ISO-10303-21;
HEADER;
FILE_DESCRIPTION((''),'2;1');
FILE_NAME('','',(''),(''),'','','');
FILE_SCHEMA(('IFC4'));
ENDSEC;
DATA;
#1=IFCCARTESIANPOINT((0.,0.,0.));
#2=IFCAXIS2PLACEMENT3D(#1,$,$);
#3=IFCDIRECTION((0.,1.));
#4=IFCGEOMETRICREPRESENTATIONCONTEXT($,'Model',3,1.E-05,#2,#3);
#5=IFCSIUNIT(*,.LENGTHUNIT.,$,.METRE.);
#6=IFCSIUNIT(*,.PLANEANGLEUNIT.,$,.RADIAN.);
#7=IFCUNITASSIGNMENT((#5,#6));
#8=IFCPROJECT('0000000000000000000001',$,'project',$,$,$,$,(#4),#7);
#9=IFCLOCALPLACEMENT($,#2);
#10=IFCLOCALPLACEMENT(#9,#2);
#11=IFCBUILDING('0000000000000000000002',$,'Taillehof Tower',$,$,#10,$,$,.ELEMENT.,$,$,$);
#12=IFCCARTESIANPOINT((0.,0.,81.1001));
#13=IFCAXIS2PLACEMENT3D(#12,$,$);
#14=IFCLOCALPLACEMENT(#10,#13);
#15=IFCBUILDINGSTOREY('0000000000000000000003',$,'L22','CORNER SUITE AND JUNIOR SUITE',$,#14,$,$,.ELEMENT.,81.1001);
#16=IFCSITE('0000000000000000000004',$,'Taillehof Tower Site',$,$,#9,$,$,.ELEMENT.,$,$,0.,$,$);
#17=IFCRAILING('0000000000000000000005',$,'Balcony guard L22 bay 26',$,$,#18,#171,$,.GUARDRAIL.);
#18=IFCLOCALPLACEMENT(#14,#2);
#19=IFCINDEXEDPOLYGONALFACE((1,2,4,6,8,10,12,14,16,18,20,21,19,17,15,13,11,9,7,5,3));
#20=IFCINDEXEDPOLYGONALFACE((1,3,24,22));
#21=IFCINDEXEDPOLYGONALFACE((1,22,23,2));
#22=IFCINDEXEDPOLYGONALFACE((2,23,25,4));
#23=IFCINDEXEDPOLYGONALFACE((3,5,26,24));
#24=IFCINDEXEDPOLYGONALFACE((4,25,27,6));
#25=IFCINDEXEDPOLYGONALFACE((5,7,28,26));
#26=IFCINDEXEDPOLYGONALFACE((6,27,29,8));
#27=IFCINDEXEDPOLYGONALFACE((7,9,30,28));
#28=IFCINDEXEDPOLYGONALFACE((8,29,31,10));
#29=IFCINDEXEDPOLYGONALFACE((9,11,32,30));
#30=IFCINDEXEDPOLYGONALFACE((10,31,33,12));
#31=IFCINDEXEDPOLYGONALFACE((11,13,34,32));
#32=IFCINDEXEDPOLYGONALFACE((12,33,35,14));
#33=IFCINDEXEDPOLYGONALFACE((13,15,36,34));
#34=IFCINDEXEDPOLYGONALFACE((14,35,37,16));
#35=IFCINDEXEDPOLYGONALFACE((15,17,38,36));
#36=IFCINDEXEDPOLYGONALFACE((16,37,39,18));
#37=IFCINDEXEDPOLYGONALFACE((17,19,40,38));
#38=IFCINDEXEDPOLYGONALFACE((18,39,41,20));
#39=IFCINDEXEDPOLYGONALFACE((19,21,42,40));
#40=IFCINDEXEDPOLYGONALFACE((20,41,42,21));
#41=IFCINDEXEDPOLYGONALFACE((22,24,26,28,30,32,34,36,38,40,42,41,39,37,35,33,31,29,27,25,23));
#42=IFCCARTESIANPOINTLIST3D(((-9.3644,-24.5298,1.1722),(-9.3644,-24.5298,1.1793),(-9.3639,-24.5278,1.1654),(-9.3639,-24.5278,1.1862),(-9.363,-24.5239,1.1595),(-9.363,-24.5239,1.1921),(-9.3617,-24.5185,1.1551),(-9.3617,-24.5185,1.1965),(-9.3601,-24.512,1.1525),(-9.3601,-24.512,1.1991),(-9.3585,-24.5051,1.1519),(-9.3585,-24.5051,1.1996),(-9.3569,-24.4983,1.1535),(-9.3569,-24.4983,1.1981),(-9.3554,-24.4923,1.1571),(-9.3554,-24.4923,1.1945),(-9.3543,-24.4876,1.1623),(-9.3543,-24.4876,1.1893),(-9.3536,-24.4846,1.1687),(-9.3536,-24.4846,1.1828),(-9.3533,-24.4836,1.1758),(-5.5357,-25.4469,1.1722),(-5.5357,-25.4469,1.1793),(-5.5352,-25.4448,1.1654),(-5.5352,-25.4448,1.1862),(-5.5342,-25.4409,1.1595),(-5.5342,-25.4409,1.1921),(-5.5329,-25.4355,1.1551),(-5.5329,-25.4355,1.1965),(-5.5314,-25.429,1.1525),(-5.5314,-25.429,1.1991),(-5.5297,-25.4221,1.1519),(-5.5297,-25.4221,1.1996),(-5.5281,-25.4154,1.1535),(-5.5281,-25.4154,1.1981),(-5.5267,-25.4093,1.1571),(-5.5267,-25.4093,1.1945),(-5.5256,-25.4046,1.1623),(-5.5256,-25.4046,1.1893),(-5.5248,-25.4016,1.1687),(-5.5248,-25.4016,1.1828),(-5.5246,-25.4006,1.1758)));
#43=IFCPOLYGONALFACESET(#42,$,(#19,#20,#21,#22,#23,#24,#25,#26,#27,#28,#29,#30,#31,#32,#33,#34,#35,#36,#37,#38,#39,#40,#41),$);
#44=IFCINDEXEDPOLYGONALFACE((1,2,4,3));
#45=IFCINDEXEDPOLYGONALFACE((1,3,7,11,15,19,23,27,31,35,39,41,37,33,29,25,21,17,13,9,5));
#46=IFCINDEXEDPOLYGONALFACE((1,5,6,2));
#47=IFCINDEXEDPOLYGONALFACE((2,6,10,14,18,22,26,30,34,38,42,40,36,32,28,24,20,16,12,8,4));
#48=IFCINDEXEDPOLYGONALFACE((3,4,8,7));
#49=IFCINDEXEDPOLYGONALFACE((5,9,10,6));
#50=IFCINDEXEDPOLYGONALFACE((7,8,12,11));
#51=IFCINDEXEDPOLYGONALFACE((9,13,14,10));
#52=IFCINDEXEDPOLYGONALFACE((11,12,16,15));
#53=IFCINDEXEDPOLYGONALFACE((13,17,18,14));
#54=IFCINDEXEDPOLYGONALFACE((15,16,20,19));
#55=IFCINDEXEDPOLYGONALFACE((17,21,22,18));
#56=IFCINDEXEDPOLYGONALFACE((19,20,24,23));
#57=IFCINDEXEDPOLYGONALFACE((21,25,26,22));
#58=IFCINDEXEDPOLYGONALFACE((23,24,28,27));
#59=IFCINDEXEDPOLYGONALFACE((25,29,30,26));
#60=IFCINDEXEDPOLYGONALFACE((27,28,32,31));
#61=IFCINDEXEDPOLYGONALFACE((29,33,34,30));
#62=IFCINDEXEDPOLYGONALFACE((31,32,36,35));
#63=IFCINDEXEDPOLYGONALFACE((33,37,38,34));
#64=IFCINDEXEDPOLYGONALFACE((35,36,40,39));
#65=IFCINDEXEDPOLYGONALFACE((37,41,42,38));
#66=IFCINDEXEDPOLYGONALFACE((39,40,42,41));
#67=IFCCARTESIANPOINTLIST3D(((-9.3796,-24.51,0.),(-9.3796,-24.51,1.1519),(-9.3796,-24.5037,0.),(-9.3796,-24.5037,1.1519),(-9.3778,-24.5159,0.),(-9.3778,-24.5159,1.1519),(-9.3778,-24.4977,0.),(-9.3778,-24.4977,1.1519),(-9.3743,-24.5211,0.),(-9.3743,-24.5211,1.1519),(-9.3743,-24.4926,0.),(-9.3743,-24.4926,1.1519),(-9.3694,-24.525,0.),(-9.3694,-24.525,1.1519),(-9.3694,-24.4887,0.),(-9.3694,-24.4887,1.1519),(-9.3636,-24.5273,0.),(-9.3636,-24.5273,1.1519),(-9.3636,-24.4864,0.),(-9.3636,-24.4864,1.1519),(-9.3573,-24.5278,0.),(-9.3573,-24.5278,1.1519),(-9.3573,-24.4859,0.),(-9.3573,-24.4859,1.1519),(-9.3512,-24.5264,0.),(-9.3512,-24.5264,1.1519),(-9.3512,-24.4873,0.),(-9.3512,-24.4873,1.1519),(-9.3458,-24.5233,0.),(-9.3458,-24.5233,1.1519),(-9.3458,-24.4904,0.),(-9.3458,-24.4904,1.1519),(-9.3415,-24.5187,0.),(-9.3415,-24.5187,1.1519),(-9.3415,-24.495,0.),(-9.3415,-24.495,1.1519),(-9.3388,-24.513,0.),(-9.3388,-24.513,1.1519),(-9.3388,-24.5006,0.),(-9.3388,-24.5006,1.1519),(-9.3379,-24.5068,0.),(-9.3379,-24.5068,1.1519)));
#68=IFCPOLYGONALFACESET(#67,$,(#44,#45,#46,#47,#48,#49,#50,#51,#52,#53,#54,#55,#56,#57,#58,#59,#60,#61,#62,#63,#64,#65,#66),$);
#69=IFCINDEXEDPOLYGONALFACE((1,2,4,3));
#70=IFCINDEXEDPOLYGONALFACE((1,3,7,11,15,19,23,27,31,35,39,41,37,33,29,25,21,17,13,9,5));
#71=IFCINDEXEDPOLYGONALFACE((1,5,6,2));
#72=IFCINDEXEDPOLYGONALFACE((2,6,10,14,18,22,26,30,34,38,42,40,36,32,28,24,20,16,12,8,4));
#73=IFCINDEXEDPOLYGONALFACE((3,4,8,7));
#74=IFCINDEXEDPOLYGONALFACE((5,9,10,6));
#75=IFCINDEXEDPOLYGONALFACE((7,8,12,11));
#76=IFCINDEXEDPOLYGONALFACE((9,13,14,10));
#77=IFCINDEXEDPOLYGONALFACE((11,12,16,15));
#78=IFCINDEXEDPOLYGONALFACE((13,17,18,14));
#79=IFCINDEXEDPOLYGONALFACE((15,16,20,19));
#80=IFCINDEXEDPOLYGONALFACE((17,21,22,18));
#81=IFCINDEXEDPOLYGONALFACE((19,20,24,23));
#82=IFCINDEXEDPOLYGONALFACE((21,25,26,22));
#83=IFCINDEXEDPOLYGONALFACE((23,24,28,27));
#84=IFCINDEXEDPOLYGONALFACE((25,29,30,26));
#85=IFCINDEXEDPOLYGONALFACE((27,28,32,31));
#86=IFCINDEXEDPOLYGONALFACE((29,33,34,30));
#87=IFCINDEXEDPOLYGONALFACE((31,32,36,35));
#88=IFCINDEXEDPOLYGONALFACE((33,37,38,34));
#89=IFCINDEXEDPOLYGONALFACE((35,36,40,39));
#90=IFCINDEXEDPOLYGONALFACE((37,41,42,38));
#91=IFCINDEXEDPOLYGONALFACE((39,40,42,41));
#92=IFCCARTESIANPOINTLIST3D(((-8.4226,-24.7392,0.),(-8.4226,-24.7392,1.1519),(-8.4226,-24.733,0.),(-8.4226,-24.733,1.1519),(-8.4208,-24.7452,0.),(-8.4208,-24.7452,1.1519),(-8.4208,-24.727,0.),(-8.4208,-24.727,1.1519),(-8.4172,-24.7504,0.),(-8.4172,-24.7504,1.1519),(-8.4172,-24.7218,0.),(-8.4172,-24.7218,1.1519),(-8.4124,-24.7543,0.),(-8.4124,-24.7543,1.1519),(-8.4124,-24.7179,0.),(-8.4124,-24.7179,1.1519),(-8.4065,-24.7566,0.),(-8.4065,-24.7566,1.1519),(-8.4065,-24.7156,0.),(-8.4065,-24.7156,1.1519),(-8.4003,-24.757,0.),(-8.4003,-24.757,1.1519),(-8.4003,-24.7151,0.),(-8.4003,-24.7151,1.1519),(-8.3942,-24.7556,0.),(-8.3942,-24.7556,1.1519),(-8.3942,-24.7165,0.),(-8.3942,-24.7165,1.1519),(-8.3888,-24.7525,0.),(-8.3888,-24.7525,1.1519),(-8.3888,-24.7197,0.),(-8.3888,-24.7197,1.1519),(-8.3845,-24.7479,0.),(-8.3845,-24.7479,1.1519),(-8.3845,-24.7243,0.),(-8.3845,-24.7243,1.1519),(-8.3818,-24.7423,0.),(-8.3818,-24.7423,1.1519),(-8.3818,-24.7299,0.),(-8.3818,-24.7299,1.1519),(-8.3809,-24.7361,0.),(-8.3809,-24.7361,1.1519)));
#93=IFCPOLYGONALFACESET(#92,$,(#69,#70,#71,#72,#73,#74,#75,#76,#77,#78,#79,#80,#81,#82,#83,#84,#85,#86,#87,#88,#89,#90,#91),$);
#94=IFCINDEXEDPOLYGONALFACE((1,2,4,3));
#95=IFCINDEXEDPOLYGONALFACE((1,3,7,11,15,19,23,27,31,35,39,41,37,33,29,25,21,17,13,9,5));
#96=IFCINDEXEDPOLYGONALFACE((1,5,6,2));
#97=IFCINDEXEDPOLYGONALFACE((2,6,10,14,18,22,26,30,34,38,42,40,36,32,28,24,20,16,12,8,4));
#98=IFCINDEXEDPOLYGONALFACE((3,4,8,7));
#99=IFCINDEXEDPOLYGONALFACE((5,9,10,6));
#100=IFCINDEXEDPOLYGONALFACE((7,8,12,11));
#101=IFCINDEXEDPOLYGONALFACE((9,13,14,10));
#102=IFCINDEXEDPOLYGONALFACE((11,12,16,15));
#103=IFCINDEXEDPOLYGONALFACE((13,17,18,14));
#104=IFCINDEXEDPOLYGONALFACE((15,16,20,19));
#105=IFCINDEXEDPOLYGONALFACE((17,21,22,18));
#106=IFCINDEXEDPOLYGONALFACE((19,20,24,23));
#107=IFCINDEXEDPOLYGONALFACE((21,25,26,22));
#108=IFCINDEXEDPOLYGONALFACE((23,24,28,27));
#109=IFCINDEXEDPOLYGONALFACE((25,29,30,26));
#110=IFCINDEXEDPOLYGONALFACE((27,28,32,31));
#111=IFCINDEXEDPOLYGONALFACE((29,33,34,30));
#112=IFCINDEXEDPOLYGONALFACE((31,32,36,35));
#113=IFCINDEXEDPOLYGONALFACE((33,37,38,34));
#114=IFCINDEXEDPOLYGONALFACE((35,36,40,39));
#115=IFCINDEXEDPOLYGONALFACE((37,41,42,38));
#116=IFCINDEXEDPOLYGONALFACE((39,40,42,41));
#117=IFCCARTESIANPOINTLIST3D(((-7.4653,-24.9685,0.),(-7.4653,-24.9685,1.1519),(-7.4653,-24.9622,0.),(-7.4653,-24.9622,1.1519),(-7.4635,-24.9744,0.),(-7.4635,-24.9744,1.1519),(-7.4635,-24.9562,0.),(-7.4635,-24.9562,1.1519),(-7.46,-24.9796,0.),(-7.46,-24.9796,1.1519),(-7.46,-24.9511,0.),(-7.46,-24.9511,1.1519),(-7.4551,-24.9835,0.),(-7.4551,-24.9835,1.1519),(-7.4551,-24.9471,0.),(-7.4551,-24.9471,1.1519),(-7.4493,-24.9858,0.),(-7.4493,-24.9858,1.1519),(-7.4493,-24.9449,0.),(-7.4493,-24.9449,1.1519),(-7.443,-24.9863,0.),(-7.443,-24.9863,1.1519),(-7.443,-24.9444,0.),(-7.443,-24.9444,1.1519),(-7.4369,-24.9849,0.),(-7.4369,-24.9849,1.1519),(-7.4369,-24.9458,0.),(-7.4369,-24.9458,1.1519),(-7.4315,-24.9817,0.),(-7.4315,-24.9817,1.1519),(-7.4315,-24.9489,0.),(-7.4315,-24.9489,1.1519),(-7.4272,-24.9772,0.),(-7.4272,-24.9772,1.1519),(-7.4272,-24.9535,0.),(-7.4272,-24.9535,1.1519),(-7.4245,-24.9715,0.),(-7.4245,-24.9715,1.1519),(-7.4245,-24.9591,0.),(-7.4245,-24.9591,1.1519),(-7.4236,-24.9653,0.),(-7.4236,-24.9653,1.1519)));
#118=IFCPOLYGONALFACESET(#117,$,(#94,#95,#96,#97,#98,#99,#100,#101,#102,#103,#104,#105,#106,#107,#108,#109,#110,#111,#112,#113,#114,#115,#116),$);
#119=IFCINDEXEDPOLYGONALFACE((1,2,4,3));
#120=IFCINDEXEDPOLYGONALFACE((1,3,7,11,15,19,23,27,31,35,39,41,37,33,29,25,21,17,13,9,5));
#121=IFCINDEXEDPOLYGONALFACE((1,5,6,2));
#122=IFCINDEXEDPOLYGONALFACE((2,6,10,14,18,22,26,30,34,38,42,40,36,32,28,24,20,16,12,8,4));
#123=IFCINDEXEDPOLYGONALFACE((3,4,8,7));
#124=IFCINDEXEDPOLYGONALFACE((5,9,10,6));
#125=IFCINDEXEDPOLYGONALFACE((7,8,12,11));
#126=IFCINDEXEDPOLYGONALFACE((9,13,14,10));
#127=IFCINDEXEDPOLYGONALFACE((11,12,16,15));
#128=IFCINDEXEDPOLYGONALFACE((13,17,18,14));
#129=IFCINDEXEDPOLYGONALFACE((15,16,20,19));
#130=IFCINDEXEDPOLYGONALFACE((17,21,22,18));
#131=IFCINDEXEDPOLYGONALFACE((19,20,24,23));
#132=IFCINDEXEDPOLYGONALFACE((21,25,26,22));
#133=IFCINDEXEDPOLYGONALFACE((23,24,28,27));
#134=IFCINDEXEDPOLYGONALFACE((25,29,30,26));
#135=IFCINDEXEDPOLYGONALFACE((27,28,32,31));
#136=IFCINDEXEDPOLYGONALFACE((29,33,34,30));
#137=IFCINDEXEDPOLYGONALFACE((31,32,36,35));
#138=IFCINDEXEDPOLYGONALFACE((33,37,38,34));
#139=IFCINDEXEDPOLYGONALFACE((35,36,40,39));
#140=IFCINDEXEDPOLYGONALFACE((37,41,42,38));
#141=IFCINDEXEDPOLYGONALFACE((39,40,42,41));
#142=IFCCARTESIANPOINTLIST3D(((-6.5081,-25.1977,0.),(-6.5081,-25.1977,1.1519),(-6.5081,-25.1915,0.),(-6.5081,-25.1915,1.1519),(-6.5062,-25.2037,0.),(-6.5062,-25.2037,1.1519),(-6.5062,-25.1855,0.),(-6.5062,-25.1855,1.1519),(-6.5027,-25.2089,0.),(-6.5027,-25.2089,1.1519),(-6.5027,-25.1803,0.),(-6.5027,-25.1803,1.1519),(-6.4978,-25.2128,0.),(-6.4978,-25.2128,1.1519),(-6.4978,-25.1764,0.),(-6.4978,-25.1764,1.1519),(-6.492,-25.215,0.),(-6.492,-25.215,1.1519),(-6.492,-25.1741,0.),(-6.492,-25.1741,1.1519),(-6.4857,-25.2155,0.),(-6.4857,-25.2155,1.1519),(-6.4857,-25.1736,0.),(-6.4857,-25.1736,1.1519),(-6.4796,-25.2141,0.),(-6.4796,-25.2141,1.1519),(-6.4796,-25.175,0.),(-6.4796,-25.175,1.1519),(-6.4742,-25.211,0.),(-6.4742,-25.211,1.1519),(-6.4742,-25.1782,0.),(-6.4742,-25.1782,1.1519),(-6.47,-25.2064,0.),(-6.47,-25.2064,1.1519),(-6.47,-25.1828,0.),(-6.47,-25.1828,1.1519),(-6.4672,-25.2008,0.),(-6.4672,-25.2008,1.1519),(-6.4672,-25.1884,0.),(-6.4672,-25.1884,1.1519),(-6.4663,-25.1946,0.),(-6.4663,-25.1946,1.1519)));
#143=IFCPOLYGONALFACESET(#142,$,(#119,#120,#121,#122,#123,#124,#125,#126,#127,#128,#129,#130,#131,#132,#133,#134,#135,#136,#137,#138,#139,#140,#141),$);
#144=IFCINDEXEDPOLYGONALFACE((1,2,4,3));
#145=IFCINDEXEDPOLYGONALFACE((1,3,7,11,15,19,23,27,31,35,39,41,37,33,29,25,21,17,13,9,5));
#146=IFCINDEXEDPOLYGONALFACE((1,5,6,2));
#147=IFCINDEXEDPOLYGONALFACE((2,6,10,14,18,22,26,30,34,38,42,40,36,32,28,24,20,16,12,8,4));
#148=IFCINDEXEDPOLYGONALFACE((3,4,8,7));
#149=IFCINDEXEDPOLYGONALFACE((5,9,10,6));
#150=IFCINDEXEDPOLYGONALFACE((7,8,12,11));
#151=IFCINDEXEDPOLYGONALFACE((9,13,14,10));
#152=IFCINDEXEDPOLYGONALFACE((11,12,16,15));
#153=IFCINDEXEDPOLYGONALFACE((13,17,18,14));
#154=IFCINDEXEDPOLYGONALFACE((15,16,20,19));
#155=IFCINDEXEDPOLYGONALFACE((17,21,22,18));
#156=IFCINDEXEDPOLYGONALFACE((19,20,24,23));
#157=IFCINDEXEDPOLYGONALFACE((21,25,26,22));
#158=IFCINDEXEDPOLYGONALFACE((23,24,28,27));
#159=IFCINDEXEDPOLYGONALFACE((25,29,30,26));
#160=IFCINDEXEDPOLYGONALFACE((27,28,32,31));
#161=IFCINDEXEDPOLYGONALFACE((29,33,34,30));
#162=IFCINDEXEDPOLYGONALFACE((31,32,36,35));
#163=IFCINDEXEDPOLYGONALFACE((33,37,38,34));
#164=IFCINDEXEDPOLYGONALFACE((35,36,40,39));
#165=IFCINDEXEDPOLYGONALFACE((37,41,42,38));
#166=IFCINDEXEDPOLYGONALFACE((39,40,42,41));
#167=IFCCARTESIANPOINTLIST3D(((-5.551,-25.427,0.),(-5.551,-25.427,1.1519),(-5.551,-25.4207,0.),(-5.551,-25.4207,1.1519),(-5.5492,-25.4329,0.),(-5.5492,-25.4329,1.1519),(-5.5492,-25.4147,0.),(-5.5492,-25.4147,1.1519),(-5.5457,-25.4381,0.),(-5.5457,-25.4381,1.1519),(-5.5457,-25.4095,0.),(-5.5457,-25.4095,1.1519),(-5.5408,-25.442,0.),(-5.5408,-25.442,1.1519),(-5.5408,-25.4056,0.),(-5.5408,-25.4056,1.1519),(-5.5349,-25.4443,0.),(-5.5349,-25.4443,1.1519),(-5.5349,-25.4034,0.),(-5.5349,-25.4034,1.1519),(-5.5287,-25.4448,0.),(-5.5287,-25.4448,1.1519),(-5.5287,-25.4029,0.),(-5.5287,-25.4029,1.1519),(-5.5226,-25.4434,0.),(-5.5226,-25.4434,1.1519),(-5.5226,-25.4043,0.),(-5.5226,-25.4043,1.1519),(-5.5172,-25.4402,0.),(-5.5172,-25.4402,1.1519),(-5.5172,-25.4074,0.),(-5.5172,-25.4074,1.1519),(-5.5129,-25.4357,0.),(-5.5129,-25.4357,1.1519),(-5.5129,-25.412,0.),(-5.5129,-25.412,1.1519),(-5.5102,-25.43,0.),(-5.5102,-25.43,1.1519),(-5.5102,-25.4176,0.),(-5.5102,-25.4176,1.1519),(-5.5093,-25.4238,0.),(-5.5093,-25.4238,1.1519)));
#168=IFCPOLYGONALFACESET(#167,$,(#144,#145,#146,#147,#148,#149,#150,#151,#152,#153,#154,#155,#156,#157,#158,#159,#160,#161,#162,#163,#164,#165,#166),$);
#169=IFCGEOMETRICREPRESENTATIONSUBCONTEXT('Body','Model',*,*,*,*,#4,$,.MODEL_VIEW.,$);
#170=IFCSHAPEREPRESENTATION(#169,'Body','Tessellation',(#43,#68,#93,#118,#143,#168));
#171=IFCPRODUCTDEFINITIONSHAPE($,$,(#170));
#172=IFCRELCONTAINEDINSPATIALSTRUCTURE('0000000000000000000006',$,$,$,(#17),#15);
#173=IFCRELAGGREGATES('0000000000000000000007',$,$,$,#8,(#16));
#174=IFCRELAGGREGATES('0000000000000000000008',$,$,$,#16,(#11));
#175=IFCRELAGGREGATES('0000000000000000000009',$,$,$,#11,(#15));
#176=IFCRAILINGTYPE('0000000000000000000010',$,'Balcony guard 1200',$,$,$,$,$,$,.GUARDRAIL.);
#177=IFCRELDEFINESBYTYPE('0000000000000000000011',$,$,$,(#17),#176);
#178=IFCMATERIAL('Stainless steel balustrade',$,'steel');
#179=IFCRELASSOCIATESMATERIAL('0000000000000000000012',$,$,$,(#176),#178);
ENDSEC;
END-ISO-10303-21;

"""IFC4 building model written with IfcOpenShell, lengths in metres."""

from ifc_helpers import new_model, si_unit, direction, frame, origin, origin_2d, place, context, subcontext, project, spatial, circle, extrude, material, type_object, element, save


model = new_model("IFC4")

# Units and contexts
model_context = context("Model", 3, precision=1e-05, world=origin(), true_north=direction((0.0, 1.0)))
body_context = subcontext(model_context, "Body", "Model", "MODEL_VIEW")
ifc_project = project(units=[si_unit("LENGTHUNIT", "METRE"), si_unit("PLANEANGLEUNIT", "RADIAN")], contexts=[model_context])

# Site, building, storey
site_placement = place(None, origin())
site = spatial("IfcSite", under=ifc_project, at=site_placement, Name="Taillehof Tower Site", CompositionType="ELEMENT", RefElevation=0.0)
building_placement = place(site_placement, origin())
building = spatial("IfcBuilding", under=site, at=building_placement, Name="Taillehof Tower", CompositionType="ELEMENT")
storey_placement = place(building_placement, frame((0.0, 0.0, 81.1001)))
storey = spatial("IfcBuildingStorey", under=building, at=storey_placement, Name="L22", Description="CORNER SUITE AND JUNIOR SUITE", CompositionType="ELEMENT", Elevation=81.1001)

# Railing
ifc_material_1 = material(Name="Stainless steel balustrade", Category="steel")
railing_type = type_object("IfcRailingType", Name="Balcony guard 1200", PredefinedType="GUARDRAIL", material=ifc_material_1)
railing_1_placement = place(storey_placement, frame((-9.3589, -24.5068, 0.0)))
element("IfcRailing", 1, at=railing_1_placement, inside=storey, type_object=railing_type, Name="Balcony guard L22 bay 26", PredefinedType="GUARDRAIL", context=body_context, shape_type="SweptSolid", body=[
    extrude(circle(Radius=0.0239, at=origin_2d()), frame((0.0, 0.0, 1.1758), z_axis=(0.972495, -0.232923, 0.0), x_axis=(0.232923, 0.972495, 0.0)), (0.0, 0.0, 1.0), 3.937),
    extrude(circle(Radius=0.021, at=origin_2d()), origin(), (0.0, 0.0, 1.0), 1.1519),
    extrude(circle(Radius=0.021, at=origin_2d()), frame((0.957, -0.2292, 0.0)), (0.0, 0.0, 1.0), 1.1519),
    extrude(circle(Radius=0.021, at=origin_2d()), frame((1.9143, -0.4585, 0.0)), (0.0, 0.0, 1.0), 1.1519),
    extrude(circle(Radius=0.021, at=origin_2d()), frame((2.8716, -0.6877, 0.0)), (0.0, 0.0, 1.0), 1.1519),
    extrude(circle(Radius=0.021, at=origin_2d()), frame((3.8286, -0.917, 0.0)), (0.0, 0.0, 1.0), 1.1519),
])

save(model, "model.ifc")
